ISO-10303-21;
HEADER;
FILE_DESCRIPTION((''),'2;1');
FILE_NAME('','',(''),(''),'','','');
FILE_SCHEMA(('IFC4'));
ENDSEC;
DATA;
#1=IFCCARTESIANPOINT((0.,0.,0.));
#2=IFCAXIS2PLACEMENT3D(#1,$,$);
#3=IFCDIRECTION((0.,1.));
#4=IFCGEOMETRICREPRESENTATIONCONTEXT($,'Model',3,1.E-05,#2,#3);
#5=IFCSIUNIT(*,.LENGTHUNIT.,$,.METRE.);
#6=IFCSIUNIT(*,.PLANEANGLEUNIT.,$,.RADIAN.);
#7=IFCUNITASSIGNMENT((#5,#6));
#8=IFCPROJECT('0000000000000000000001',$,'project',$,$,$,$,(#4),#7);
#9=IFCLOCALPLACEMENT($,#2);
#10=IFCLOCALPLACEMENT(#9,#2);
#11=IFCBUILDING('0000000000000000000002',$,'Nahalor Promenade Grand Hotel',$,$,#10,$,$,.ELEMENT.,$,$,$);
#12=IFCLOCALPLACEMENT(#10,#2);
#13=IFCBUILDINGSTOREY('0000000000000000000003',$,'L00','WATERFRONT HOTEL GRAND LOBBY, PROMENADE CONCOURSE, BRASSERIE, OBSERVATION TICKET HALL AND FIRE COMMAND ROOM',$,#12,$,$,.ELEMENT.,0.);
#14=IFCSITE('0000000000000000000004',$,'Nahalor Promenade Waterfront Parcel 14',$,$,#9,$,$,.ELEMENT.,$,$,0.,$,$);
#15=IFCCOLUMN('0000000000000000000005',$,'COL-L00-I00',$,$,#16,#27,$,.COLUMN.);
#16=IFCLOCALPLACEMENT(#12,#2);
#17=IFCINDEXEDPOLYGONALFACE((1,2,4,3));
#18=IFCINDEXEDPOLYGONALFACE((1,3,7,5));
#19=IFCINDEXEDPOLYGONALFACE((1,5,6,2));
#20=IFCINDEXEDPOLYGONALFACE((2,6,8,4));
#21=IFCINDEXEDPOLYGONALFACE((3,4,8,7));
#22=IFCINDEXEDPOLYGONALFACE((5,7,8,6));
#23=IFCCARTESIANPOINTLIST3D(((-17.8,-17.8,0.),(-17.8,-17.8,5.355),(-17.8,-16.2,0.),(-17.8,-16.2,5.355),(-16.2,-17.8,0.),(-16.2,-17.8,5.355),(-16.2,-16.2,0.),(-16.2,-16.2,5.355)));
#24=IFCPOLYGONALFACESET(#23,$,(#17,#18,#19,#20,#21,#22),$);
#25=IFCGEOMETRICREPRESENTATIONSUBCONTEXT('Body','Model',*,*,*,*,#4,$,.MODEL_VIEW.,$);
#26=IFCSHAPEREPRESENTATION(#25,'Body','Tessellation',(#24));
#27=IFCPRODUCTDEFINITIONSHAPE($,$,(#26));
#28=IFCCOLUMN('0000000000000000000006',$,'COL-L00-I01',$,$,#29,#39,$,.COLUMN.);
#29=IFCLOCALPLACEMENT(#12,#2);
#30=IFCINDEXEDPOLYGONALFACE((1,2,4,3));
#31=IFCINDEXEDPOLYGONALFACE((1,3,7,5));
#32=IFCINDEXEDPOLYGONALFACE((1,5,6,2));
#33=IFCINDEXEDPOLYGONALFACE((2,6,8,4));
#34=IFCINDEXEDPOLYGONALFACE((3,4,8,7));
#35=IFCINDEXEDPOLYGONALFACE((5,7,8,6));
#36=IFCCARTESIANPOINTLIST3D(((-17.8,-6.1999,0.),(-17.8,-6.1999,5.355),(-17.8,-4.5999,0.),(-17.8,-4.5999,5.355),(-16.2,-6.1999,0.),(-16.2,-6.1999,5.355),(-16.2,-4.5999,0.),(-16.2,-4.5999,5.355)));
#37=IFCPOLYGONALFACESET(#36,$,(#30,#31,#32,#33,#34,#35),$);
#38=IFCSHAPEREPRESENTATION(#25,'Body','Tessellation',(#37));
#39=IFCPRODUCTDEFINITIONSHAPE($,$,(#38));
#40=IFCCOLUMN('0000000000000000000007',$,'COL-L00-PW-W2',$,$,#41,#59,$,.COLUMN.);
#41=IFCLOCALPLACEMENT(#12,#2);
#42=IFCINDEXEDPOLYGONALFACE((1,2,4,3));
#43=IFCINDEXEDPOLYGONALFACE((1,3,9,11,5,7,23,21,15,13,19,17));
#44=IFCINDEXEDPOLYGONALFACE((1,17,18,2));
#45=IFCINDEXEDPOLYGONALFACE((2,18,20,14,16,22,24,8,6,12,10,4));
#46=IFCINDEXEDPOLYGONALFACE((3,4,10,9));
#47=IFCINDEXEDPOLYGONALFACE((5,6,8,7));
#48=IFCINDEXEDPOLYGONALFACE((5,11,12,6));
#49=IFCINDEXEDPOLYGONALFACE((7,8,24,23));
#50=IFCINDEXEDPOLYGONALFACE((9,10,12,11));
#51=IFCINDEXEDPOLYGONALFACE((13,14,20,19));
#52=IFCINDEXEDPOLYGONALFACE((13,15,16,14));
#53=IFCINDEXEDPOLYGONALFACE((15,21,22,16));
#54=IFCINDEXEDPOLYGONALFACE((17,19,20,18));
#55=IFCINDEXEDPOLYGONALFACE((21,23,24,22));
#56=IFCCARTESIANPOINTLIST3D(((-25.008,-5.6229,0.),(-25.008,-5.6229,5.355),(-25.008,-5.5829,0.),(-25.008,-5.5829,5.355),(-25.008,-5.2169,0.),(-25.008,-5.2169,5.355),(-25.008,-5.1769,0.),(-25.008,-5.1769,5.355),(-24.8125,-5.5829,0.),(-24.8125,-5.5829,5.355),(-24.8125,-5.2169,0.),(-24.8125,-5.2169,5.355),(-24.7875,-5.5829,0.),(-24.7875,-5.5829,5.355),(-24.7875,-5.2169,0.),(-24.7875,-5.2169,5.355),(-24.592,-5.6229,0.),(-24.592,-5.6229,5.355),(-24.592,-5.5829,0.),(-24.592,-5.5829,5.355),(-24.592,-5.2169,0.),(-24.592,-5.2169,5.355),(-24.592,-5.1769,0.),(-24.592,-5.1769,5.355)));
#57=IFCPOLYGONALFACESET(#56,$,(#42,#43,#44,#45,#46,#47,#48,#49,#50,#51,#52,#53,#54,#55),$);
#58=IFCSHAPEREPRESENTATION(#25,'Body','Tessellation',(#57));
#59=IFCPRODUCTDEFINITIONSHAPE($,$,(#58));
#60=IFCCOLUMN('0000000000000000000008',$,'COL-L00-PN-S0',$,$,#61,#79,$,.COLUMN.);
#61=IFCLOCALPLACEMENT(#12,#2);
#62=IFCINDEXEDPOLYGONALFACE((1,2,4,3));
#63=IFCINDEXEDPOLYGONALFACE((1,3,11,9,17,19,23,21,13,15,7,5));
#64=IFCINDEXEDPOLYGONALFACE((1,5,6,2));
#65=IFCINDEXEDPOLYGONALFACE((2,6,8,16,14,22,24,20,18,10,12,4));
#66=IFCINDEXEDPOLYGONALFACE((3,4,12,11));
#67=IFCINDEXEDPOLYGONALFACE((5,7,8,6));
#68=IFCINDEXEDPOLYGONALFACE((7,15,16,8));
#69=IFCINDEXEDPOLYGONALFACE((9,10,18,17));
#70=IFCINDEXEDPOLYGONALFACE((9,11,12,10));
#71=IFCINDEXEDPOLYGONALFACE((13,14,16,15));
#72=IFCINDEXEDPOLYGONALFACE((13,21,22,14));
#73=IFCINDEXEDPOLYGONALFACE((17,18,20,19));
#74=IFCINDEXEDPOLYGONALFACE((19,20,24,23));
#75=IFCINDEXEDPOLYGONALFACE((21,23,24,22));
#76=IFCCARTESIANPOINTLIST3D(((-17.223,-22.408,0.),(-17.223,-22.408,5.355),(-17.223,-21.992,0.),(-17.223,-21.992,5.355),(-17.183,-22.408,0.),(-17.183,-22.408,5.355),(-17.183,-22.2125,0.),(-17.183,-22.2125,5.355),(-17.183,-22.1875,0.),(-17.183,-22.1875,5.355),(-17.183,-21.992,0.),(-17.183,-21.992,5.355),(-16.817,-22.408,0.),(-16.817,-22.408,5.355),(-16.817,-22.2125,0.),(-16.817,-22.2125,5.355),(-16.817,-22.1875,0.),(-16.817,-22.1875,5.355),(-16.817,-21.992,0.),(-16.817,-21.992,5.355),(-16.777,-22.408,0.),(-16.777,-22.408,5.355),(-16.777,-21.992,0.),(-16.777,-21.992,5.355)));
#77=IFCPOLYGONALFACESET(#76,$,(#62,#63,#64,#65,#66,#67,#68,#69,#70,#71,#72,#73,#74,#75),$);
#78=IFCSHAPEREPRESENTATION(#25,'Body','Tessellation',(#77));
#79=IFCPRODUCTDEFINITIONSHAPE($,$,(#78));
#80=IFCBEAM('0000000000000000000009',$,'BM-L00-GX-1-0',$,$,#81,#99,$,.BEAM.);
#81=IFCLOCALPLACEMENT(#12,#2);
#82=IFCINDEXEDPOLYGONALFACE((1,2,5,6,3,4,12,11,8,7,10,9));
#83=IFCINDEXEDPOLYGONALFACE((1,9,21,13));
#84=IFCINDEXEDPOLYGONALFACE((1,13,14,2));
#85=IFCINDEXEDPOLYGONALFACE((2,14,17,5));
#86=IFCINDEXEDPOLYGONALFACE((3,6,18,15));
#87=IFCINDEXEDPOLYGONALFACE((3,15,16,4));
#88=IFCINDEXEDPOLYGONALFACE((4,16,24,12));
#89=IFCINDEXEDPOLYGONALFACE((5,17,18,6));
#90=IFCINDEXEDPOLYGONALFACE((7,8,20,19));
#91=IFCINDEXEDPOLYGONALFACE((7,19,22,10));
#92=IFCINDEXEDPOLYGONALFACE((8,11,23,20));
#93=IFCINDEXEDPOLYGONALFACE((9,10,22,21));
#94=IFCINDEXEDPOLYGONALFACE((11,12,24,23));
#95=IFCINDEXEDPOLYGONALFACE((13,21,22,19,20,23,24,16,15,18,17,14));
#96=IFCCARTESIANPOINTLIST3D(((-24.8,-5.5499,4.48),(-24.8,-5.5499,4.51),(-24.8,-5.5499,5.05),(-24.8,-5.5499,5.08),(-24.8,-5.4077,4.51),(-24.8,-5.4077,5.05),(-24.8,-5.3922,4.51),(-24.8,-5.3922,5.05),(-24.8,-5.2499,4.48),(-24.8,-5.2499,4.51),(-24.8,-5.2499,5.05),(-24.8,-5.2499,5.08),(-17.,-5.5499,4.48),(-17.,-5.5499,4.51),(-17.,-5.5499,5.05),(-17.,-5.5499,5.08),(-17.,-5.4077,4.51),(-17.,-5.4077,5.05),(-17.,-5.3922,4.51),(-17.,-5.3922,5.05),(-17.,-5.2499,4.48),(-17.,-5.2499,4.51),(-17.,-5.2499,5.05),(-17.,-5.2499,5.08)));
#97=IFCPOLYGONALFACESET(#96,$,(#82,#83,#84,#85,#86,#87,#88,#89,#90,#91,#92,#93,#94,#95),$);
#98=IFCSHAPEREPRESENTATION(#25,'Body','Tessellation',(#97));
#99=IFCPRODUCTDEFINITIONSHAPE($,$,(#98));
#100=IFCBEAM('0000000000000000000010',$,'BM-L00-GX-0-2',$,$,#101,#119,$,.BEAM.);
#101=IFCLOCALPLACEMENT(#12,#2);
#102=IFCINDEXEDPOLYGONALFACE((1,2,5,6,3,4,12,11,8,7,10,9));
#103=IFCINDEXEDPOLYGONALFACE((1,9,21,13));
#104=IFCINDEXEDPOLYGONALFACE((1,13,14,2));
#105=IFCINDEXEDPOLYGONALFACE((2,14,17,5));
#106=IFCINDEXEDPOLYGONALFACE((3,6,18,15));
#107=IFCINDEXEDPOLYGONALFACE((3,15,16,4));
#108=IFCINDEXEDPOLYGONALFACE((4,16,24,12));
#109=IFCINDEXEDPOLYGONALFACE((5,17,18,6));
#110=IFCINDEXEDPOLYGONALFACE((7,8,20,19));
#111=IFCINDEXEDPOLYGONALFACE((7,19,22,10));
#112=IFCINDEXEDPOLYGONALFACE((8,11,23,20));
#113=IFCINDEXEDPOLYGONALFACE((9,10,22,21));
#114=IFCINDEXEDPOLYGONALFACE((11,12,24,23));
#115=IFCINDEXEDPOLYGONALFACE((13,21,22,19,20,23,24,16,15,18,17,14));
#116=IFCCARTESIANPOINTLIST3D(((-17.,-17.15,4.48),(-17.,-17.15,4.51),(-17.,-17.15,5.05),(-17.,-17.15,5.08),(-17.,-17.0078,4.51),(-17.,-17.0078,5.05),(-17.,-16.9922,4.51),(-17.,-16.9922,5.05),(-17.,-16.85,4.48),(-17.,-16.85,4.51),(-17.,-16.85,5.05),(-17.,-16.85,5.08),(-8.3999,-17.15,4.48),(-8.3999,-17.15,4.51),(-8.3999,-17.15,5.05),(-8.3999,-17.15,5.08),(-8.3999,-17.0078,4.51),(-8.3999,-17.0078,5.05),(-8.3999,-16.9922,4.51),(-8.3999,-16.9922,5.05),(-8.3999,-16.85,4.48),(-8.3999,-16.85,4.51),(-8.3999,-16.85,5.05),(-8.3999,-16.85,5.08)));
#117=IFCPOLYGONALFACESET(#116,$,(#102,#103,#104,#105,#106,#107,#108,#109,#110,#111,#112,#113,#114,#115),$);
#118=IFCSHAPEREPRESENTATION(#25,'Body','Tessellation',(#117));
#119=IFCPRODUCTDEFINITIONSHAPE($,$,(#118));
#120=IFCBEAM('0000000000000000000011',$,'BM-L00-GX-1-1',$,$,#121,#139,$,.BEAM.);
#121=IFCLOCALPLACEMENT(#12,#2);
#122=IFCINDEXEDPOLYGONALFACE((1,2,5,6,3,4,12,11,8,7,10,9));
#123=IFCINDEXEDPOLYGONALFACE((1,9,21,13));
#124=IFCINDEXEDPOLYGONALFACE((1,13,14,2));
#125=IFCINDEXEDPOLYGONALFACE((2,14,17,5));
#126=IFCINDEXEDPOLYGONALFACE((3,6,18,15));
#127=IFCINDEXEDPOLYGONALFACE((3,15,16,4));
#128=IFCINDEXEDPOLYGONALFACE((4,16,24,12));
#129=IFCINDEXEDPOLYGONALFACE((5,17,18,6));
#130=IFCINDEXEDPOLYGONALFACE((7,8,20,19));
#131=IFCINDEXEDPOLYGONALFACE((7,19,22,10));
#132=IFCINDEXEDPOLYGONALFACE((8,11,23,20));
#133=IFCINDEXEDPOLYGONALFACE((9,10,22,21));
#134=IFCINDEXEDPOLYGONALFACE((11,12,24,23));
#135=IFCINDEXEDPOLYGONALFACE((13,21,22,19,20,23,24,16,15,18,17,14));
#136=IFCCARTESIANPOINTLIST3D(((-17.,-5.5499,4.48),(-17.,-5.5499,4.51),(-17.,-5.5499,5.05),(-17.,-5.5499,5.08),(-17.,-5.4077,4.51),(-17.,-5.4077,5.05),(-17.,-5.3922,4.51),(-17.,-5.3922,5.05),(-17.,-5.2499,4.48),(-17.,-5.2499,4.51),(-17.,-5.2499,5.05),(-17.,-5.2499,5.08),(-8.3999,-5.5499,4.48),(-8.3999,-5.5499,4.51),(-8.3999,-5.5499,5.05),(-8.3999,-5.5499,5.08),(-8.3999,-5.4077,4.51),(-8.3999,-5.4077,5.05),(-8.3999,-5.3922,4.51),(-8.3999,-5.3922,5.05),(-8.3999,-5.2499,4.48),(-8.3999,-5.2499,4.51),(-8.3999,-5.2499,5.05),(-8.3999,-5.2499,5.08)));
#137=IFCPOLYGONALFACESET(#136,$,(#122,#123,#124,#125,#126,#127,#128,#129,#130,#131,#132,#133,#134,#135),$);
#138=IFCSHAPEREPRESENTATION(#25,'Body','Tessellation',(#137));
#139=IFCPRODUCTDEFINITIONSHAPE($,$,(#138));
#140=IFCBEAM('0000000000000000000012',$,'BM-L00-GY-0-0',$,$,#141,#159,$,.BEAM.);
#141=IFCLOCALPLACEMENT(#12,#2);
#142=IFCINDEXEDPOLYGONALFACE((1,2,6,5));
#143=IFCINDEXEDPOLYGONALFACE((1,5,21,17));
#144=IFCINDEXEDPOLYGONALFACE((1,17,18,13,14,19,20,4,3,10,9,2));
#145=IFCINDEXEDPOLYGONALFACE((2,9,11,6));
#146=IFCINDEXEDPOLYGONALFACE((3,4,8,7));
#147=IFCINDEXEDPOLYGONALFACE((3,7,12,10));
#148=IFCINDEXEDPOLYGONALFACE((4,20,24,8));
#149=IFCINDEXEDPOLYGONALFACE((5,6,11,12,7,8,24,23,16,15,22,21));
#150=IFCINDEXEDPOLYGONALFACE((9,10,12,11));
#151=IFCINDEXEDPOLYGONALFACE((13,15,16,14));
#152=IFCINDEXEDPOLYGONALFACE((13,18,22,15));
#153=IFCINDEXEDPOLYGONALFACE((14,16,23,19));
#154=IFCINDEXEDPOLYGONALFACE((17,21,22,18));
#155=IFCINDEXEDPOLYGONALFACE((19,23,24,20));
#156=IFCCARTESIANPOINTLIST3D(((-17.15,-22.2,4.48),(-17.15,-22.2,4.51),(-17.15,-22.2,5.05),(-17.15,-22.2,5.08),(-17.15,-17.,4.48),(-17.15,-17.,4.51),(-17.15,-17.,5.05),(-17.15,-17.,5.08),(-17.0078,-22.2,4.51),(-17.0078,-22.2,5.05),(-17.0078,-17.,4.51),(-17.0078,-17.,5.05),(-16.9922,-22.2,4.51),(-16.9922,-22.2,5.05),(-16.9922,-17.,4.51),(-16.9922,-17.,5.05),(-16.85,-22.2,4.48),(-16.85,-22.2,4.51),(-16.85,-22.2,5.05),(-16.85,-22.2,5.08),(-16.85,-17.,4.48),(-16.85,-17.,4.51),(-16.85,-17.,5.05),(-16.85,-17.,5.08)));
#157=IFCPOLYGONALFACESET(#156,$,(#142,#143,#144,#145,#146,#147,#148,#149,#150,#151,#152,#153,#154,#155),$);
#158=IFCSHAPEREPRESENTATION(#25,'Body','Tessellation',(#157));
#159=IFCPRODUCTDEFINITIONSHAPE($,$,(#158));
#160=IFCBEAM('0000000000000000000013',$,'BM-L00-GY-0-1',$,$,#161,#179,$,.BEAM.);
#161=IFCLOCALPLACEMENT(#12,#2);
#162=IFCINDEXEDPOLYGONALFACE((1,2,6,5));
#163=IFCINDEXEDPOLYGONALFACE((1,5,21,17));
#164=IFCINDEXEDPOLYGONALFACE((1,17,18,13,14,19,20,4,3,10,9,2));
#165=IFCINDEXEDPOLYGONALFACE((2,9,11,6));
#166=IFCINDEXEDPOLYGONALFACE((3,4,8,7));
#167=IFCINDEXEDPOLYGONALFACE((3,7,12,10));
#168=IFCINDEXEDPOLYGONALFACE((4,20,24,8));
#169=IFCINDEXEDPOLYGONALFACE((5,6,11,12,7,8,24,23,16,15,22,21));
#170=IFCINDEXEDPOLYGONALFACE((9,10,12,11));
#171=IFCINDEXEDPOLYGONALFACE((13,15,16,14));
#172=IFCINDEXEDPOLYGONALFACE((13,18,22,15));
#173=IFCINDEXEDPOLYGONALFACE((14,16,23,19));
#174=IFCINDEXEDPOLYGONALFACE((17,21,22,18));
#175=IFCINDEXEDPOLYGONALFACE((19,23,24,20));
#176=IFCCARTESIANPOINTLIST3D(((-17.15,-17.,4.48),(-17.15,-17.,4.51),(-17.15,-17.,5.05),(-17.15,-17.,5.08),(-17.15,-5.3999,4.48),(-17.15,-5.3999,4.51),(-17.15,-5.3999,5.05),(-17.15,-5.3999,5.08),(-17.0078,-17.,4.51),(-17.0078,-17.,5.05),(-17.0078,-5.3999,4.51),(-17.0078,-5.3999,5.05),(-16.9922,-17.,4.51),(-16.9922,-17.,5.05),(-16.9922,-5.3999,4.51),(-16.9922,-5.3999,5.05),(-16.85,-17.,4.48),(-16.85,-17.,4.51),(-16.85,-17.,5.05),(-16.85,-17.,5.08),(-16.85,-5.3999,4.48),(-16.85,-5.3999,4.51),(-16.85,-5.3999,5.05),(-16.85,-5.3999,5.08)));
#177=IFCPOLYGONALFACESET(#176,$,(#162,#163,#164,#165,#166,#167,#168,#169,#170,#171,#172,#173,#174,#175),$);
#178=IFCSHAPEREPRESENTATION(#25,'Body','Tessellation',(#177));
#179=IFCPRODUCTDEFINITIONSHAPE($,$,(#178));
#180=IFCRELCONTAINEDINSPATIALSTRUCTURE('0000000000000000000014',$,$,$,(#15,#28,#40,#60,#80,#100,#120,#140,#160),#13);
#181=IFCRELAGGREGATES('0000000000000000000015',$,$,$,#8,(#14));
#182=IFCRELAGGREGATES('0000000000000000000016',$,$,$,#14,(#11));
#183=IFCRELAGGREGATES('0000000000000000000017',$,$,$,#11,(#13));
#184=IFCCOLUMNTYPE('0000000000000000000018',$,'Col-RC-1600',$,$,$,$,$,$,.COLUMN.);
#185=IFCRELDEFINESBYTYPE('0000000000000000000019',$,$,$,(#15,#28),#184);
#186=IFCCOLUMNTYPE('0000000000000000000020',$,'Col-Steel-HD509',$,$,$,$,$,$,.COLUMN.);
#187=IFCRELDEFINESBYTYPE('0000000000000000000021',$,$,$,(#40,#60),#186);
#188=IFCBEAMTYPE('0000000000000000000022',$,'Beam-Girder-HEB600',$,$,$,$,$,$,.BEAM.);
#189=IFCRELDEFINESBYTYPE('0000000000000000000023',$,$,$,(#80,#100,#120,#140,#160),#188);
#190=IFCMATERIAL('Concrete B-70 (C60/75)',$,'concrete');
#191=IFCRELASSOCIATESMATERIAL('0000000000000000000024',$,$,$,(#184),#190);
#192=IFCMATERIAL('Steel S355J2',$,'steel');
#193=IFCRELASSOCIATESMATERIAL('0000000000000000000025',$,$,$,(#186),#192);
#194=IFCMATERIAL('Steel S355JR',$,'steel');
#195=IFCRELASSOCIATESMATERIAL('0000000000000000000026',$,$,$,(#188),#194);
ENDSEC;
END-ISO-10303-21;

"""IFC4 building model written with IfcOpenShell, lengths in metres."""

from ifc_helpers import new_model, si_unit, direction, frame, origin, origin_2d, place, context, subcontext, project, spatial, rectangle, i_section, extrude, source, transform, mapped, material, material_profile, profile_set, type_object, element, save


model = new_model("IFC4")

# Units and contexts
model_context = context("Model", 3, precision=1e-05, world=origin(), true_north=direction((0.0, 1.0)))
body_context = subcontext(model_context, "Body", "Model", "MODEL_VIEW")
ifc_project = project(units=[si_unit("LENGTHUNIT", "METRE"), si_unit("PLANEANGLEUNIT", "RADIAN")], contexts=[model_context])

# Site, building, storey
site_placement = place(None, origin())
site = spatial("IfcSite", under=ifc_project, at=site_placement, Name="Nahalor Promenade Waterfront Parcel 14", CompositionType="ELEMENT", RefElevation=0.0)
building_placement = place(site_placement, origin())
building = spatial("IfcBuilding", under=site, at=building_placement, Name="Nahalor Promenade Grand Hotel", CompositionType="ELEMENT")
storey_placement = place(building_placement, origin())
storey = spatial("IfcBuildingStorey", under=building, at=storey_placement, Name="L00", Description="WATERFRONT HOTEL GRAND LOBBY, PROMENADE CONCOURSE, BRASSERIE, OBSERVATION TICKET HALL AND FIRE COMMAND ROOM", CompositionType="ELEMENT", Elevation=0.0)

# Columns
ifc_material_1 = material(Name="Concrete B-70 (C60/75)", Category="concrete")
ifc_material_profile_1 = material_profile(ifc_material_1, rectangle(XDim=1.6, YDim=1.6, at=origin_2d()), Name="RC 1600x1600")
ifc_profile_set_1 = profile_set([ifc_material_profile_1], Name="Concrete B-70 (C60/75)")
column_type_1 = type_object("IfcColumnType", Name="Col-RC-1600", PredefinedType="COLUMN", material=ifc_profile_set_1)
shared_shape_1 = source(origin(), body_context, "Body", "SweptSolid", [
    extrude(rectangle(XDim=1.6, YDim=1.6, at=origin_2d()), origin(), (0.0, 0.0, 1.0), 5.355),
])
for number, where, z_axis, x_axis, name in (
    (1, (-17.0, -17.0, 0.0), (0.0, 0.0, 1.0), (1.0, 0.0, 0.0), "COL-L00-I00"),
    (2, (-17.0, -5.3999, 0.0), (0.0, 0.0, 1.0), (1.0, 0.0, 0.0), "COL-L00-I01"),
):
    element("IfcColumn", number, at=place(storey_placement, frame(where, z_axis=z_axis, x_axis=x_axis)), inside=storey, type_object=column_type_1, Name=name, PredefinedType="COLUMN", context=body_context, shape_type="MappedRepresentation", body=[
        mapped(shared_shape_1, transform((0.0, 0.0, 0.0), scale=1.0)),
    ])
ifc_material_2 = material(Name="Steel S355J2", Category="steel")
ifc_material_profile_2 = material_profile(ifc_material_2, i_section(OverallWidth=0.416, OverallDepth=0.446, WebThickness=0.025, FlangeThickness=0.04, at=origin_2d()), Name="HD 400x509")
ifc_profile_set_2 = profile_set([ifc_material_profile_2], Name="Steel S355J2")
column_type_2 = type_object("IfcColumnType", Name="Col-Steel-HD509", PredefinedType="COLUMN", material=ifc_profile_set_2)
shared_shape_2 = source(origin(), body_context, "Body", "SweptSolid", [
    extrude(i_section(OverallWidth=0.416, OverallDepth=0.446, WebThickness=0.025, FlangeThickness=0.04, at=origin_2d()), origin(), (0.0, 0.0, 1.0), 5.355),
])
for number, where, z_axis, x_axis, name in (
    (3, (-24.8, -5.3999, 0.0), (0.0, 0.0, 1.0), (1.0, 0.0, 0.0), "COL-L00-PW-W2"),
    (4, (-17.0, -22.2, 0.0), (0.0, 0.0, 1.0), (0.0, 1.0, 0.0), "COL-L00-PN-S0"),
):
    element("IfcColumn", number, at=place(storey_placement, frame(where, z_axis=z_axis, x_axis=x_axis)), inside=storey, type_object=column_type_2, Name=name, PredefinedType="COLUMN", context=body_context, shape_type="MappedRepresentation", body=[
        mapped(shared_shape_2, transform((0.0, 0.0, 0.0), scale=1.0)),
    ])

# Beams
ifc_material_3 = material(Name="Steel S355JR", Category="steel")
ifc_material_profile_3 = material_profile(ifc_material_3, i_section(OverallWidth=0.3, OverallDepth=0.6, WebThickness=0.0155, FlangeThickness=0.03, at=origin_2d()), Name="HEB 600")
ifc_profile_set_3 = profile_set([ifc_material_profile_3], Name="Steel S355JR")
beam_type_1 = type_object("IfcBeamType", Name="Beam-Girder-HEB600", PredefinedType="BEAM", material=ifc_profile_set_3)
shared_shape_3 = source(origin(), body_context, "Body", "SweptSolid", [
    extrude(i_section(OverallWidth=0.3, OverallDepth=0.6, WebThickness=0.0155, FlangeThickness=0.03, at=origin_2d()), origin(), (0.0, 0.0, 1.0), 7.8),
])
beam_1_placement = place(storey_placement, frame((-24.8, -5.3999, 4.78), z_axis=(1.0, 0.0, 0.0), x_axis=(0.0, 1.0, 0.0)))
element("IfcBeam", 5, at=beam_1_placement, inside=storey, type_object=beam_type_1, Name="BM-L00-GX-1-0", PredefinedType="BEAM", context=body_context, shape_type="MappedRepresentation", body=[
    mapped(shared_shape_3, transform((0.0, 0.0, 0.0), scale=1.0)),
])
shared_shape_4 = source(origin(), body_context, "Body", "SweptSolid", [
    extrude(i_section(OverallWidth=0.3, OverallDepth=0.6, WebThickness=0.0155, FlangeThickness=0.03, at=origin_2d()), origin(), (0.0, 0.0, 1.0), 8.6001),
])
for number, where, z_axis, x_axis, name in (
    (6, (-17.0, -17.0, 4.78), (1.0, 0.0, 0.0), (0.0, 1.0, 0.0), "BM-L00-GX-0-2"),
    (7, (-17.0, -5.3999, 4.78), (1.0, 0.0, 0.0), (0.0, 1.0, 0.0), "BM-L00-GX-1-1"),
):
    element("IfcBeam", number, at=place(storey_placement, frame(where, z_axis=z_axis, x_axis=x_axis)), inside=storey, type_object=beam_type_1, Name=name, PredefinedType="BEAM", context=body_context, shape_type="MappedRepresentation", body=[
        mapped(shared_shape_4, transform((0.0, 0.0, 0.0), scale=1.0)),
    ])
shared_shape_5 = source(origin(), body_context, "Body", "SweptSolid", [
    extrude(i_section(OverallWidth=0.3, OverallDepth=0.6, WebThickness=0.0155, FlangeThickness=0.03, at=origin_2d()), origin(), (0.0, 0.0, 1.0), 5.2),
])
beam_2_placement = place(storey_placement, frame((-17.0, -22.2, 4.78), z_axis=(0.0, 1.0, 0.0), x_axis=(-1.0, 0.0, 0.0)))
element("IfcBeam", 8, at=beam_2_placement, inside=storey, type_object=beam_type_1, Name="BM-L00-GY-0-0", PredefinedType="BEAM", context=body_context, shape_type="MappedRepresentation", body=[
    mapped(shared_shape_5, transform((0.0, 0.0, 0.0), scale=1.0)),
])
shared_shape_6 = source(origin(), body_context, "Body", "SweptSolid", [
    extrude(i_section(OverallWidth=0.3, OverallDepth=0.6, WebThickness=0.0155, FlangeThickness=0.03, at=origin_2d()), origin(), (0.0, 0.0, 1.0), 11.6001),
])
beam_3_placement = place(storey_placement, frame((-17.0, -17.0, 4.78), z_axis=(0.0, 1.0, 0.0), x_axis=(-1.0, 0.0, 0.0)))
element("IfcBeam", 9, at=beam_3_placement, inside=storey, type_object=beam_type_1, Name="BM-L00-GY-0-1", PredefinedType="BEAM", context=body_context, shape_type="MappedRepresentation", body=[
    mapped(shared_shape_6, transform((0.0, 0.0, 0.0), scale=1.0)),
])

save(model, "model.ifc")
